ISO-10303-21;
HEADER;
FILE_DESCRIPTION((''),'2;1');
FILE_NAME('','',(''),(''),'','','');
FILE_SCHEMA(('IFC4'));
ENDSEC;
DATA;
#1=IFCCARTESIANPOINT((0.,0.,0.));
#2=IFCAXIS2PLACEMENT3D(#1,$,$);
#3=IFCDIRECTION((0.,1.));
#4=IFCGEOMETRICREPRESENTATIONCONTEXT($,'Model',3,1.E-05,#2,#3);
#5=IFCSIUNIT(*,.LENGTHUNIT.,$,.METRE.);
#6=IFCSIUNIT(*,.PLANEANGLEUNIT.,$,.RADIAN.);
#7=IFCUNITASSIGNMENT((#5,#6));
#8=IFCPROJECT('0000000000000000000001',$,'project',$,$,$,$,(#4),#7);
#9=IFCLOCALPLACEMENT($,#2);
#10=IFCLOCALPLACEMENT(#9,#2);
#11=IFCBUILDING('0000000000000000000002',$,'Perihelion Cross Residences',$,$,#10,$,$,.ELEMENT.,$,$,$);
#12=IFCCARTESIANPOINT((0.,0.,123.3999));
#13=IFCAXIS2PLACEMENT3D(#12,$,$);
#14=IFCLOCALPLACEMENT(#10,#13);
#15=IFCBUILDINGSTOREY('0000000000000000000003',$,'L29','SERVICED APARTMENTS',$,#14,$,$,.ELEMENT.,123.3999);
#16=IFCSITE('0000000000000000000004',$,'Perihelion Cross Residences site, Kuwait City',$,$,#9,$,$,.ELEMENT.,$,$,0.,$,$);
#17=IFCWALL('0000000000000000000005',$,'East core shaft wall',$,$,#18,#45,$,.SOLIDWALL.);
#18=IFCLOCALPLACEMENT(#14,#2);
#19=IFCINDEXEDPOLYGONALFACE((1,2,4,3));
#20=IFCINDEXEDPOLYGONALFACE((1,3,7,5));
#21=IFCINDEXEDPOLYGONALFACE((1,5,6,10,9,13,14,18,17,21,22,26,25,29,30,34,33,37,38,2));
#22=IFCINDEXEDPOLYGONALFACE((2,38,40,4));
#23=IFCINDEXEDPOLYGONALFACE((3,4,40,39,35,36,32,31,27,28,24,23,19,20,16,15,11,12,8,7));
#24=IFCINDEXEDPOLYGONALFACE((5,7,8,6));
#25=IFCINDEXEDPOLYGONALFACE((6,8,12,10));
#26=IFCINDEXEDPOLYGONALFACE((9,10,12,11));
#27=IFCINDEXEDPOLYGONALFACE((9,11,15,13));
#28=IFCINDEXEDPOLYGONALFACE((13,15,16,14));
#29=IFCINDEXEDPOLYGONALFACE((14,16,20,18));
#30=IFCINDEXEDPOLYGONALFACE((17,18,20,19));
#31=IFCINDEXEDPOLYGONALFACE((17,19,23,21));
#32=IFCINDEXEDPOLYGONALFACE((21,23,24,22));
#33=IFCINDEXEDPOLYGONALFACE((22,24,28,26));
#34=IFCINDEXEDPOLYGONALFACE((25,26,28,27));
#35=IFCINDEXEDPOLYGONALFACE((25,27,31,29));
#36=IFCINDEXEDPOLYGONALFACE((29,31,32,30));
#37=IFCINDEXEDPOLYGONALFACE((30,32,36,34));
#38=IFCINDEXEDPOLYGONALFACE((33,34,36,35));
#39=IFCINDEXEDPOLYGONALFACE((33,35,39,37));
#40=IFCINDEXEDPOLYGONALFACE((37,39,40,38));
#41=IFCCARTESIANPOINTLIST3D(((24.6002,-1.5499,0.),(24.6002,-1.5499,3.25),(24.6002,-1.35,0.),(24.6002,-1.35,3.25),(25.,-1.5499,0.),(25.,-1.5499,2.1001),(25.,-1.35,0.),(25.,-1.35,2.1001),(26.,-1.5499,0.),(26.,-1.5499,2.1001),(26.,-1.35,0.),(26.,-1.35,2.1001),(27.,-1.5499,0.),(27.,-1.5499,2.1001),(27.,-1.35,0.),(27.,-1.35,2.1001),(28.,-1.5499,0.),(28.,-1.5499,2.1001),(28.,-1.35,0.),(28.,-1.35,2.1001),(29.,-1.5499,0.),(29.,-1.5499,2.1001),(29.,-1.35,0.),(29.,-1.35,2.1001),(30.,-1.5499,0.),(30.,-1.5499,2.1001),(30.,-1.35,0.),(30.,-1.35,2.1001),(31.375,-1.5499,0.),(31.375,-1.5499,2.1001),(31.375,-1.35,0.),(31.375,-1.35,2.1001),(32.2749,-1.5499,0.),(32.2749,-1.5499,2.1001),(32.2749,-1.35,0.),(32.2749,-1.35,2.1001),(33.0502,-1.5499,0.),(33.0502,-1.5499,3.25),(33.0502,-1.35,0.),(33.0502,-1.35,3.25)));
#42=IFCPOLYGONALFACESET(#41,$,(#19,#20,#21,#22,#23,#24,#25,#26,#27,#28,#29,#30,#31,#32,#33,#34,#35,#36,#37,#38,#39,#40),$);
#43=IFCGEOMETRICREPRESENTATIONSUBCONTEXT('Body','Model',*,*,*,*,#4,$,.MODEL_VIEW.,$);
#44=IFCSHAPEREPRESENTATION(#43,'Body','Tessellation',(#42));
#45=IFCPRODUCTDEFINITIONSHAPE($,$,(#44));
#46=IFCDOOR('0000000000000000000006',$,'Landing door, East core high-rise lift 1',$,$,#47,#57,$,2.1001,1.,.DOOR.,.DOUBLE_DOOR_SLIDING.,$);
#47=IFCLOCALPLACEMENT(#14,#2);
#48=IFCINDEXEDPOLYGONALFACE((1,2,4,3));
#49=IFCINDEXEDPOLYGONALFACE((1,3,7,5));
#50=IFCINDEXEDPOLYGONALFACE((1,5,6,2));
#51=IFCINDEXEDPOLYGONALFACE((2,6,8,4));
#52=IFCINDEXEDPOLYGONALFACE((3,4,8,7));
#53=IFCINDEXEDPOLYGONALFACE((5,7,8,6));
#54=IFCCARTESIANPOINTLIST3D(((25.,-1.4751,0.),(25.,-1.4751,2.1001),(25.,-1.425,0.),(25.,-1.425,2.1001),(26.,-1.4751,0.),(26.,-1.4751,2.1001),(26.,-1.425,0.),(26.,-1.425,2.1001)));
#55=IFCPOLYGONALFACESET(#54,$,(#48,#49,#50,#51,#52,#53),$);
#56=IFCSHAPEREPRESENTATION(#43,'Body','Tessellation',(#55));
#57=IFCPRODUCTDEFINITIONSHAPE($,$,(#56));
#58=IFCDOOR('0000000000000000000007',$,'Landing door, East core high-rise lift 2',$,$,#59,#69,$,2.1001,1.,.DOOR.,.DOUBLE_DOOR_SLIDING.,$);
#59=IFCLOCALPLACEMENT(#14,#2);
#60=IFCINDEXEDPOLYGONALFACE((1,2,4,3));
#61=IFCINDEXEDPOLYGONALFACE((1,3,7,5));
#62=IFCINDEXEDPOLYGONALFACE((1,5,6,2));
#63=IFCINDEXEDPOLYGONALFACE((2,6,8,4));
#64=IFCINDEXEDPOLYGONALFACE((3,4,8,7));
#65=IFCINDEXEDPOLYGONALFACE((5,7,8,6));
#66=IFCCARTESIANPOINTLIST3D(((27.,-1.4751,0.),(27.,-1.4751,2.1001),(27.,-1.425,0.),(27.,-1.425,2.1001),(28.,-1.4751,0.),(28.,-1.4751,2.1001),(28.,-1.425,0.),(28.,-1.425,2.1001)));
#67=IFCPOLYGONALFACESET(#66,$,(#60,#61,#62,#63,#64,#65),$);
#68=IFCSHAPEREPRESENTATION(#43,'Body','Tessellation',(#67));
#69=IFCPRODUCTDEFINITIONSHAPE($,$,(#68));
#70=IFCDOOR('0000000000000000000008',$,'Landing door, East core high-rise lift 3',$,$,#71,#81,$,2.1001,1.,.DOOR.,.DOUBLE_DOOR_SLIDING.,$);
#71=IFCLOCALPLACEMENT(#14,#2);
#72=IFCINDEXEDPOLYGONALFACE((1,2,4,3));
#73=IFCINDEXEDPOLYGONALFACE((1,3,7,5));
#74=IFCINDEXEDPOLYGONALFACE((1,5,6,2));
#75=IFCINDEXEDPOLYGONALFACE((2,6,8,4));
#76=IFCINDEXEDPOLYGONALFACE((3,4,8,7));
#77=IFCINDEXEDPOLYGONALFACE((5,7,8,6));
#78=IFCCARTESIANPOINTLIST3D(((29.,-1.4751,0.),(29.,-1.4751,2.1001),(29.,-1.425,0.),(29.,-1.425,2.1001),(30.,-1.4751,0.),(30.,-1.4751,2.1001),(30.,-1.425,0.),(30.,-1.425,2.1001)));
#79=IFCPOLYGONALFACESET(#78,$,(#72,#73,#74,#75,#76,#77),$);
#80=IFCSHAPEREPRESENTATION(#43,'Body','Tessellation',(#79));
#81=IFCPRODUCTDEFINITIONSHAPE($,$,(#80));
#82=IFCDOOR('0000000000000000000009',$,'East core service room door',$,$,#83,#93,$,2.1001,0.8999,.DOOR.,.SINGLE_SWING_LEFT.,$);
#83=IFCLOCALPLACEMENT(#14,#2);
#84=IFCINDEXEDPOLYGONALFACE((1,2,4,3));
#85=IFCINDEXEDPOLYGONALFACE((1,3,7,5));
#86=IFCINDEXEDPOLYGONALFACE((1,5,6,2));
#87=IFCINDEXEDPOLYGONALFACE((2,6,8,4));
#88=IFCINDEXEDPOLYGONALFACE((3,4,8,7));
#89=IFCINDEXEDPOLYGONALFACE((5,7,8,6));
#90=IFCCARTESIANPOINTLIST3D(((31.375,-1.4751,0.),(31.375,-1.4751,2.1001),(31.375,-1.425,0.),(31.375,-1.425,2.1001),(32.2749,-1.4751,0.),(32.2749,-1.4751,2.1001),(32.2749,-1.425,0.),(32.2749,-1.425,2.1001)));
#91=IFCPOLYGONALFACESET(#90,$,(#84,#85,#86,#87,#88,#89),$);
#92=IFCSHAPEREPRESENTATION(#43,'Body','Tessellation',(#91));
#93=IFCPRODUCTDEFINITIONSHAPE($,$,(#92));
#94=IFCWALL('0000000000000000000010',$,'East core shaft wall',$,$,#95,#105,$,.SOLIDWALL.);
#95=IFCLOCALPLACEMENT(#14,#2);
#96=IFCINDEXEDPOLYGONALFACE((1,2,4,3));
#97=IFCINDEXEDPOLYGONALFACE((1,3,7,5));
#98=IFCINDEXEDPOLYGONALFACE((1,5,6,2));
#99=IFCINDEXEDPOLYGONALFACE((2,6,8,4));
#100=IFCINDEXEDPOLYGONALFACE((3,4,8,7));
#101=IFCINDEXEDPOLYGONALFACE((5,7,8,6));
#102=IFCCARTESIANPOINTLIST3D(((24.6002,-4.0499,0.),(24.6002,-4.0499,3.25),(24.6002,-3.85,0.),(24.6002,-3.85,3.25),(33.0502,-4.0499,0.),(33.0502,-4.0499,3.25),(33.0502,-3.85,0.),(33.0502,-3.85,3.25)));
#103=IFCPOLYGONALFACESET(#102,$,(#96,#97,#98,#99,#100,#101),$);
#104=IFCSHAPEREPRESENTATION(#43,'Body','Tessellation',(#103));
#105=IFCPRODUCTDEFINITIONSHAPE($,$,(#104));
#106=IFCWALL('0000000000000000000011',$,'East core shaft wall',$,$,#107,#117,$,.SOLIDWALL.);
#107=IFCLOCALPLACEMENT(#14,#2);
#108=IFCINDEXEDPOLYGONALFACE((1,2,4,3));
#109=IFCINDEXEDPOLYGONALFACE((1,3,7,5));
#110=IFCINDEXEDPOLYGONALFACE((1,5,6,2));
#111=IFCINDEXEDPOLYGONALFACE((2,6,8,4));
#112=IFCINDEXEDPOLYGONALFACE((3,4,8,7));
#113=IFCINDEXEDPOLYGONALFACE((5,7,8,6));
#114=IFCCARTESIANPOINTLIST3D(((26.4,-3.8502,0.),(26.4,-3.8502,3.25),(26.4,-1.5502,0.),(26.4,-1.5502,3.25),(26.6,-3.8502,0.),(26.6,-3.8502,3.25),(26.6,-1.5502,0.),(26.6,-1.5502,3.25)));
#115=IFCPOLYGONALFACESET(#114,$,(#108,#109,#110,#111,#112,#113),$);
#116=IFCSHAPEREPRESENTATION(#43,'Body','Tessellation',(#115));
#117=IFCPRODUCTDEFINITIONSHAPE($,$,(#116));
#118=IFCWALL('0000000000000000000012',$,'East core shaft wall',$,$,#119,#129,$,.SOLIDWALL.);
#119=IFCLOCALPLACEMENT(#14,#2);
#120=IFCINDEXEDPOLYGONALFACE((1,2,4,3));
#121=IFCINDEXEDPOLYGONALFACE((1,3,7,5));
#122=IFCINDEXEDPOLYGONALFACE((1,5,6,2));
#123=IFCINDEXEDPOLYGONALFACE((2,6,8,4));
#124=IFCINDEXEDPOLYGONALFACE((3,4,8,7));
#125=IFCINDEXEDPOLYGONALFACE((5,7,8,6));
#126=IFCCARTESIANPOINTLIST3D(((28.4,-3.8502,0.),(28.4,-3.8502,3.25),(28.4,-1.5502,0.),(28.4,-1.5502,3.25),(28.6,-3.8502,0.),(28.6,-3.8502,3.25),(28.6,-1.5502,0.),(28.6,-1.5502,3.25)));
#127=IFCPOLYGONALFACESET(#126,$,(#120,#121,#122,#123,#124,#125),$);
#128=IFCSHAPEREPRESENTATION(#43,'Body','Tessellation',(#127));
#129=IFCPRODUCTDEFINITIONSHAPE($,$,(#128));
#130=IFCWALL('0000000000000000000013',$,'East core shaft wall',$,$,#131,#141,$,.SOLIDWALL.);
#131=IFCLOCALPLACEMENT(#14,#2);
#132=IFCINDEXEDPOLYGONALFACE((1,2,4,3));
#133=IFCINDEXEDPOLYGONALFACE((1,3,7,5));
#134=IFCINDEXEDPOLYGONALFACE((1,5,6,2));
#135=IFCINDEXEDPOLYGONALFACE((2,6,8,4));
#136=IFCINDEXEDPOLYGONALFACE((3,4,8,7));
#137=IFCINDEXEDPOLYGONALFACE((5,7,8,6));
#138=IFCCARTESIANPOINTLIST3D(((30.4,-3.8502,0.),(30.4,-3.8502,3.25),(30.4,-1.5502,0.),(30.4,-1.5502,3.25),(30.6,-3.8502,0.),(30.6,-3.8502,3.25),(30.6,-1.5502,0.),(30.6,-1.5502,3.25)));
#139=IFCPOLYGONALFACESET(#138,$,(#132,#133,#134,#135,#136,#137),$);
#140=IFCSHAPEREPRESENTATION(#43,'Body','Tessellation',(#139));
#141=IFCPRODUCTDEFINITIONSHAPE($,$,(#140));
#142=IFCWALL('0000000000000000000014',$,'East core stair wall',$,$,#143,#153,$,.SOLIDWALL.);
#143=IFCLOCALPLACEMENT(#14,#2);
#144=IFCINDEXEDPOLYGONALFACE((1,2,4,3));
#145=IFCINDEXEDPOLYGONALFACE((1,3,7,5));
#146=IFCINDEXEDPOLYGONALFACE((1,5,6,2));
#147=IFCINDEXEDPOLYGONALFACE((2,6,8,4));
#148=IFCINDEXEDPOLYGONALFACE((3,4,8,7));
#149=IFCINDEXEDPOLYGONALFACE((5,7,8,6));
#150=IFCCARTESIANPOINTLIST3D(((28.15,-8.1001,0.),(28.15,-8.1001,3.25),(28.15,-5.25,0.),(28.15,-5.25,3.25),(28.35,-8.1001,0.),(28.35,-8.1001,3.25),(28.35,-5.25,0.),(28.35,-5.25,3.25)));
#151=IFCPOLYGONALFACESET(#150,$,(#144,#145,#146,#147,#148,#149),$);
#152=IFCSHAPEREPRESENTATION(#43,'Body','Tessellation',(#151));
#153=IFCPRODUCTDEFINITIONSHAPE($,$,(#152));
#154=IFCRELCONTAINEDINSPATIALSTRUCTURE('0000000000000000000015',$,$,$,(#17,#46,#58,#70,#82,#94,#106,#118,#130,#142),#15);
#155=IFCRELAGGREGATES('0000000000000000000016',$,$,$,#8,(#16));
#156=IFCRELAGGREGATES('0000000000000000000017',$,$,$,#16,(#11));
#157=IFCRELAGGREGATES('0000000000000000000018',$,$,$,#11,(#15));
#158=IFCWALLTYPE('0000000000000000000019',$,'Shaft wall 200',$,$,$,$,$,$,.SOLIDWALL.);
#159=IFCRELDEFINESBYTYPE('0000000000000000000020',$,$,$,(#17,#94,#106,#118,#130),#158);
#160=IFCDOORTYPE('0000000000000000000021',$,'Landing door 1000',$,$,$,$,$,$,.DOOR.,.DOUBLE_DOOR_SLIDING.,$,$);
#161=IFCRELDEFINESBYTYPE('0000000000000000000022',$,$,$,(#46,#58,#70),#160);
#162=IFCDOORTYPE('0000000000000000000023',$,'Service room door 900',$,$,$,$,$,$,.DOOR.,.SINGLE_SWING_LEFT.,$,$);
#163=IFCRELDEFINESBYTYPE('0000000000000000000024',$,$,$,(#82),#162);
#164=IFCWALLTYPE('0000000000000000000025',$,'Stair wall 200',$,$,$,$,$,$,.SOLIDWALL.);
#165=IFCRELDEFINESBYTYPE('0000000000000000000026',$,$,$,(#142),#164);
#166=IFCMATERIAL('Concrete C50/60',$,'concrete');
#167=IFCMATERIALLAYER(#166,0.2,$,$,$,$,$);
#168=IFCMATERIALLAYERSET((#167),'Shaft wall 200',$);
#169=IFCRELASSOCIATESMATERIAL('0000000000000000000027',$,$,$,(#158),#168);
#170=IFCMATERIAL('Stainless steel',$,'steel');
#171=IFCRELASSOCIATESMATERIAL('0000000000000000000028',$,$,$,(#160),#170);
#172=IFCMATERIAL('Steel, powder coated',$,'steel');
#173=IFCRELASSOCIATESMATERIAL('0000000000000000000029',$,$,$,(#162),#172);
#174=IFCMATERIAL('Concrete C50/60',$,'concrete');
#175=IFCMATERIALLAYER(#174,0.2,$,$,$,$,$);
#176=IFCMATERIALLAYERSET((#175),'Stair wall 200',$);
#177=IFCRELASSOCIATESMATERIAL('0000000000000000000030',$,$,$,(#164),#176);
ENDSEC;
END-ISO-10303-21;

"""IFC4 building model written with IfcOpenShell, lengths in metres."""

from ifc_helpers import new_model, si_unit, direction, frame, frame_2d, origin, place, context, subcontext, project, spatial, rectangle, extrude, material, layer, layer_set, type_object, element, fill, save


model = new_model("IFC4")

# Units and contexts
model_context = context("Model", 3, precision=1e-05, world=origin(), true_north=direction((0.0, 1.0)))
body_context = subcontext(model_context, "Body", "Model", "MODEL_VIEW")
ifc_project = project(units=[si_unit("LENGTHUNIT", "METRE"), si_unit("PLANEANGLEUNIT", "RADIAN")], contexts=[model_context])

# Site, building, storey
site_placement = place(None, origin())
site = spatial("IfcSite", under=ifc_project, at=site_placement, Name="Perihelion Cross Residences site, Kuwait City", CompositionType="ELEMENT", RefElevation=0.0)
building_placement = place(site_placement, origin())
building = spatial("IfcBuilding", under=site, at=building_placement, Name="Perihelion Cross Residences", CompositionType="ELEMENT")
storey_placement = place(building_placement, frame((0.0, 0.0, 123.3999)))
storey = spatial("IfcBuildingStorey", under=building, at=storey_placement, Name="L29", Description="SERVICED APARTMENTS", CompositionType="ELEMENT", Elevation=123.3999)

# Wall, openings, doors
ifc_material_1 = material(Name="Concrete C50/60", Category="concrete")
ifc_layer_1 = layer(ifc_material_1, 0.2)
ifc_layer_set_1 = layer_set([ifc_layer_1], Name="Shaft wall 200")
wall_type_1 = type_object("IfcWallType", Name="Shaft wall 200", PredefinedType="SOLIDWALL", material=ifc_layer_set_1)
wall_1_placement = place(storey_placement, frame((24.6001, -1.45, 0.0), z_axis=(0.0, 0.0, 1.0), x_axis=(1.0, 0.0, 0.0)))
wall_1 = element("IfcWall", 1, at=wall_1_placement, inside=storey, type_object=wall_type_1, Name="East core shaft wall", PredefinedType="SOLIDWALL", context=body_context, shape_type="SweptSolid", body=[
    extrude(rectangle(XDim=8.45, YDim=0.2, at=frame_2d((4.2251, 0.0))), origin(), (0.0, 0.0, 1.0), 3.25),
])
opening_1_placement = place(wall_1_placement, frame((0.3999, 0.0, 0.0)))
opening_1 = element("IfcOpeningElement", 2, at=opening_1_placement, cuts=wall_1, PredefinedType="OPENING", context=body_context, shape_type="SweptSolid", body=[
    extrude(rectangle(XDim=1.0, YDim=2.1001, at=frame_2d((0.5, 1.05))), frame((0.0, 0.1099, 0.0), z_axis=(0.0, -1.0, 0.0), x_axis=(1.0, 0.0, 0.0)), (0.0, 0.0, 1.0), 0.22),
])
opening_2_placement = place(wall_1_placement, frame((2.3999, 0.0, 0.0)))
opening_2 = element("IfcOpeningElement", 3, at=opening_2_placement, cuts=wall_1, PredefinedType="OPENING", context=body_context, shape_type="SweptSolid", body=[
    extrude(rectangle(XDim=1.0, YDim=2.1001, at=frame_2d((0.5, 1.05))), frame((0.0, 0.1099, 0.0), z_axis=(0.0, -1.0, 0.0), x_axis=(1.0, 0.0, 0.0)), (0.0, 0.0, 1.0), 0.22),
])
opening_3_placement = place(wall_1_placement, frame((4.3999, 0.0, 0.0)))
opening_3 = element("IfcOpeningElement", 4, at=opening_3_placement, cuts=wall_1, PredefinedType="OPENING", context=body_context, shape_type="SweptSolid", body=[
    extrude(rectangle(XDim=1.0, YDim=2.1001, at=frame_2d((0.5, 1.05))), frame((0.0, 0.1099, 0.0), z_axis=(0.0, -1.0, 0.0), x_axis=(1.0, 0.0, 0.0)), (0.0, 0.0, 1.0), 0.22),
])
opening_4_placement = place(wall_1_placement, frame((6.7749, 0.0, 0.0)))
opening_4 = element("IfcOpeningElement", 5, at=opening_4_placement, cuts=wall_1, PredefinedType="OPENING", context=body_context, shape_type="SweptSolid", body=[
    extrude(rectangle(XDim=0.8999, YDim=2.1001, at=frame_2d((0.45, 1.05))), frame((0.0, 0.1099, 0.0), z_axis=(0.0, -1.0, 0.0), x_axis=(1.0, 0.0, 0.0)), (0.0, 0.0, 1.0), 0.22),
])
ifc_material_2 = material(Name="Stainless steel", Category="steel")
door_type_1 = type_object("IfcDoorType", Name="Landing door 1000", OperationType="DOUBLE_DOOR_SLIDING", PredefinedType="DOOR", material=ifc_material_2)
door_1_placement = place(opening_1_placement, origin())
door_1 = element("IfcDoor", 6, at=door_1_placement, inside=storey, type_object=door_type_1, Name="Landing door, East core high-rise lift 1", OperationType="DOUBLE_DOOR_SLIDING", OverallHeight=2.1001, OverallWidth=1.0, PredefinedType="DOOR", context=body_context, shape_type="SweptSolid", body=[
    extrude(rectangle(XDim=1.0, YDim=2.1001, at=frame_2d((0.5, 1.05))), frame((0.0, 0.0249, 0.0), z_axis=(0.0, -1.0, 0.0), x_axis=(1.0, 0.0, 0.0)), (0.0, 0.0, 1.0), 0.05),
])
fill(opening_1, door_1)
door_2_placement = place(opening_2_placement, origin())
door_2 = element("IfcDoor", 7, at=door_2_placement, inside=storey, type_object=door_type_1, Name="Landing door, East core high-rise lift 2", OperationType="DOUBLE_DOOR_SLIDING", OverallHeight=2.1001, OverallWidth=1.0, PredefinedType="DOOR", context=body_context, shape_type="SweptSolid", body=[
    extrude(rectangle(XDim=1.0, YDim=2.1001, at=frame_2d((0.5, 1.05))), frame((0.0, 0.0249, 0.0), z_axis=(0.0, -1.0, 0.0), x_axis=(1.0, 0.0, 0.0)), (0.0, 0.0, 1.0), 0.05),
])
fill(opening_2, door_2)
door_3_placement = place(opening_3_placement, origin())
door_3 = element("IfcDoor", 8, at=door_3_placement, inside=storey, type_object=door_type_1, Name="Landing door, East core high-rise lift 3", OperationType="DOUBLE_DOOR_SLIDING", OverallHeight=2.1001, OverallWidth=1.0, PredefinedType="DOOR", context=body_context, shape_type="SweptSolid", body=[
    extrude(rectangle(XDim=1.0, YDim=2.1001, at=frame_2d((0.5, 1.05))), frame((0.0, 0.0249, 0.0), z_axis=(0.0, -1.0, 0.0), x_axis=(1.0, 0.0, 0.0)), (0.0, 0.0, 1.0), 0.05),
])
fill(opening_3, door_3)
ifc_material_3 = material(Name="Steel, powder coated", Category="steel")
door_type_2 = type_object("IfcDoorType", Name="Service room door 900", OperationType="SINGLE_SWING_LEFT", PredefinedType="DOOR", material=ifc_material_3)
door_4_placement = place(opening_4_placement, origin())
door_4 = element("IfcDoor", 9, at=door_4_placement, inside=storey, type_object=door_type_2, Name="East core service room door", OperationType="SINGLE_SWING_LEFT", OverallHeight=2.1001, OverallWidth=0.8999, PredefinedType="DOOR", context=body_context, shape_type="SweptSolid", body=[
    extrude(rectangle(XDim=0.8999, YDim=2.1001, at=frame_2d((0.45, 1.05))), frame((0.0, 0.0249, 0.0), z_axis=(0.0, -1.0, 0.0), x_axis=(1.0, 0.0, 0.0)), (0.0, 0.0, 1.0), 0.05),
])
fill(opening_4, door_4)

# Walls
wall_2_placement = place(storey_placement, frame((24.6001, -3.95, 0.0), z_axis=(0.0, 0.0, 1.0), x_axis=(1.0, 0.0, 0.0)))
element("IfcWall", 10, at=wall_2_placement, inside=storey, type_object=wall_type_1, Name="East core shaft wall", PredefinedType="SOLIDWALL", context=body_context, shape_type="SweptSolid", body=[
    extrude(rectangle(XDim=8.45, YDim=0.2, at=frame_2d((4.2251, 0.0))), origin(), (0.0, 0.0, 1.0), 3.25),
])
for number, where, z_axis, x_axis, name in (
    (11, (26.5, -3.8501, 0.0), (0.0, 0.0, 1.0), (0.0, 1.0, 0.0), "East core shaft wall"),
    (12, (28.5, -3.8501, 0.0), (0.0, 0.0, 1.0), (0.0, 1.0, 0.0), "East core shaft wall"),
    (13, (30.5, -3.8501, 0.0), (0.0, 0.0, 1.0), (0.0, 1.0, 0.0), "East core shaft wall"),
):
    element("IfcWall", number, at=place(storey_placement, frame(where, z_axis=z_axis, x_axis=x_axis)), inside=storey, type_object=wall_type_1, Name=name, PredefinedType="SOLIDWALL", context=body_context, shape_type="SweptSolid", body=[
        extrude(rectangle(XDim=2.3, YDim=0.2, at=frame_2d((1.1499, 0.0))), origin(), (0.0, 0.0, 1.0), 3.25),
    ])
ifc_material_4 = material(Name="Concrete C50/60", Category="concrete")
ifc_layer_2 = layer(ifc_material_4, 0.2)
ifc_layer_set_2 = layer_set([ifc_layer_2], Name="Stair wall 200")
wall_type_2 = type_object("IfcWallType", Name="Stair wall 200", PredefinedType="SOLIDWALL", material=ifc_layer_set_2)
wall_3_placement = place(storey_placement, frame((28.25, -8.1001, 0.0), z_axis=(0.0, 0.0, 1.0), x_axis=(0.0, 1.0, 0.0)))
element("IfcWall", 14, at=wall_3_placement, inside=storey, type_object=wall_type_2, Name="East core stair wall", PredefinedType="SOLIDWALL", context=body_context, shape_type="SweptSolid", body=[
    extrude(rectangle(XDim=2.8501, YDim=0.2, at=frame_2d((1.425, 0.0))), origin(), (0.0, 0.0, 1.0), 3.25),
])

save(model, "model.ifc")
